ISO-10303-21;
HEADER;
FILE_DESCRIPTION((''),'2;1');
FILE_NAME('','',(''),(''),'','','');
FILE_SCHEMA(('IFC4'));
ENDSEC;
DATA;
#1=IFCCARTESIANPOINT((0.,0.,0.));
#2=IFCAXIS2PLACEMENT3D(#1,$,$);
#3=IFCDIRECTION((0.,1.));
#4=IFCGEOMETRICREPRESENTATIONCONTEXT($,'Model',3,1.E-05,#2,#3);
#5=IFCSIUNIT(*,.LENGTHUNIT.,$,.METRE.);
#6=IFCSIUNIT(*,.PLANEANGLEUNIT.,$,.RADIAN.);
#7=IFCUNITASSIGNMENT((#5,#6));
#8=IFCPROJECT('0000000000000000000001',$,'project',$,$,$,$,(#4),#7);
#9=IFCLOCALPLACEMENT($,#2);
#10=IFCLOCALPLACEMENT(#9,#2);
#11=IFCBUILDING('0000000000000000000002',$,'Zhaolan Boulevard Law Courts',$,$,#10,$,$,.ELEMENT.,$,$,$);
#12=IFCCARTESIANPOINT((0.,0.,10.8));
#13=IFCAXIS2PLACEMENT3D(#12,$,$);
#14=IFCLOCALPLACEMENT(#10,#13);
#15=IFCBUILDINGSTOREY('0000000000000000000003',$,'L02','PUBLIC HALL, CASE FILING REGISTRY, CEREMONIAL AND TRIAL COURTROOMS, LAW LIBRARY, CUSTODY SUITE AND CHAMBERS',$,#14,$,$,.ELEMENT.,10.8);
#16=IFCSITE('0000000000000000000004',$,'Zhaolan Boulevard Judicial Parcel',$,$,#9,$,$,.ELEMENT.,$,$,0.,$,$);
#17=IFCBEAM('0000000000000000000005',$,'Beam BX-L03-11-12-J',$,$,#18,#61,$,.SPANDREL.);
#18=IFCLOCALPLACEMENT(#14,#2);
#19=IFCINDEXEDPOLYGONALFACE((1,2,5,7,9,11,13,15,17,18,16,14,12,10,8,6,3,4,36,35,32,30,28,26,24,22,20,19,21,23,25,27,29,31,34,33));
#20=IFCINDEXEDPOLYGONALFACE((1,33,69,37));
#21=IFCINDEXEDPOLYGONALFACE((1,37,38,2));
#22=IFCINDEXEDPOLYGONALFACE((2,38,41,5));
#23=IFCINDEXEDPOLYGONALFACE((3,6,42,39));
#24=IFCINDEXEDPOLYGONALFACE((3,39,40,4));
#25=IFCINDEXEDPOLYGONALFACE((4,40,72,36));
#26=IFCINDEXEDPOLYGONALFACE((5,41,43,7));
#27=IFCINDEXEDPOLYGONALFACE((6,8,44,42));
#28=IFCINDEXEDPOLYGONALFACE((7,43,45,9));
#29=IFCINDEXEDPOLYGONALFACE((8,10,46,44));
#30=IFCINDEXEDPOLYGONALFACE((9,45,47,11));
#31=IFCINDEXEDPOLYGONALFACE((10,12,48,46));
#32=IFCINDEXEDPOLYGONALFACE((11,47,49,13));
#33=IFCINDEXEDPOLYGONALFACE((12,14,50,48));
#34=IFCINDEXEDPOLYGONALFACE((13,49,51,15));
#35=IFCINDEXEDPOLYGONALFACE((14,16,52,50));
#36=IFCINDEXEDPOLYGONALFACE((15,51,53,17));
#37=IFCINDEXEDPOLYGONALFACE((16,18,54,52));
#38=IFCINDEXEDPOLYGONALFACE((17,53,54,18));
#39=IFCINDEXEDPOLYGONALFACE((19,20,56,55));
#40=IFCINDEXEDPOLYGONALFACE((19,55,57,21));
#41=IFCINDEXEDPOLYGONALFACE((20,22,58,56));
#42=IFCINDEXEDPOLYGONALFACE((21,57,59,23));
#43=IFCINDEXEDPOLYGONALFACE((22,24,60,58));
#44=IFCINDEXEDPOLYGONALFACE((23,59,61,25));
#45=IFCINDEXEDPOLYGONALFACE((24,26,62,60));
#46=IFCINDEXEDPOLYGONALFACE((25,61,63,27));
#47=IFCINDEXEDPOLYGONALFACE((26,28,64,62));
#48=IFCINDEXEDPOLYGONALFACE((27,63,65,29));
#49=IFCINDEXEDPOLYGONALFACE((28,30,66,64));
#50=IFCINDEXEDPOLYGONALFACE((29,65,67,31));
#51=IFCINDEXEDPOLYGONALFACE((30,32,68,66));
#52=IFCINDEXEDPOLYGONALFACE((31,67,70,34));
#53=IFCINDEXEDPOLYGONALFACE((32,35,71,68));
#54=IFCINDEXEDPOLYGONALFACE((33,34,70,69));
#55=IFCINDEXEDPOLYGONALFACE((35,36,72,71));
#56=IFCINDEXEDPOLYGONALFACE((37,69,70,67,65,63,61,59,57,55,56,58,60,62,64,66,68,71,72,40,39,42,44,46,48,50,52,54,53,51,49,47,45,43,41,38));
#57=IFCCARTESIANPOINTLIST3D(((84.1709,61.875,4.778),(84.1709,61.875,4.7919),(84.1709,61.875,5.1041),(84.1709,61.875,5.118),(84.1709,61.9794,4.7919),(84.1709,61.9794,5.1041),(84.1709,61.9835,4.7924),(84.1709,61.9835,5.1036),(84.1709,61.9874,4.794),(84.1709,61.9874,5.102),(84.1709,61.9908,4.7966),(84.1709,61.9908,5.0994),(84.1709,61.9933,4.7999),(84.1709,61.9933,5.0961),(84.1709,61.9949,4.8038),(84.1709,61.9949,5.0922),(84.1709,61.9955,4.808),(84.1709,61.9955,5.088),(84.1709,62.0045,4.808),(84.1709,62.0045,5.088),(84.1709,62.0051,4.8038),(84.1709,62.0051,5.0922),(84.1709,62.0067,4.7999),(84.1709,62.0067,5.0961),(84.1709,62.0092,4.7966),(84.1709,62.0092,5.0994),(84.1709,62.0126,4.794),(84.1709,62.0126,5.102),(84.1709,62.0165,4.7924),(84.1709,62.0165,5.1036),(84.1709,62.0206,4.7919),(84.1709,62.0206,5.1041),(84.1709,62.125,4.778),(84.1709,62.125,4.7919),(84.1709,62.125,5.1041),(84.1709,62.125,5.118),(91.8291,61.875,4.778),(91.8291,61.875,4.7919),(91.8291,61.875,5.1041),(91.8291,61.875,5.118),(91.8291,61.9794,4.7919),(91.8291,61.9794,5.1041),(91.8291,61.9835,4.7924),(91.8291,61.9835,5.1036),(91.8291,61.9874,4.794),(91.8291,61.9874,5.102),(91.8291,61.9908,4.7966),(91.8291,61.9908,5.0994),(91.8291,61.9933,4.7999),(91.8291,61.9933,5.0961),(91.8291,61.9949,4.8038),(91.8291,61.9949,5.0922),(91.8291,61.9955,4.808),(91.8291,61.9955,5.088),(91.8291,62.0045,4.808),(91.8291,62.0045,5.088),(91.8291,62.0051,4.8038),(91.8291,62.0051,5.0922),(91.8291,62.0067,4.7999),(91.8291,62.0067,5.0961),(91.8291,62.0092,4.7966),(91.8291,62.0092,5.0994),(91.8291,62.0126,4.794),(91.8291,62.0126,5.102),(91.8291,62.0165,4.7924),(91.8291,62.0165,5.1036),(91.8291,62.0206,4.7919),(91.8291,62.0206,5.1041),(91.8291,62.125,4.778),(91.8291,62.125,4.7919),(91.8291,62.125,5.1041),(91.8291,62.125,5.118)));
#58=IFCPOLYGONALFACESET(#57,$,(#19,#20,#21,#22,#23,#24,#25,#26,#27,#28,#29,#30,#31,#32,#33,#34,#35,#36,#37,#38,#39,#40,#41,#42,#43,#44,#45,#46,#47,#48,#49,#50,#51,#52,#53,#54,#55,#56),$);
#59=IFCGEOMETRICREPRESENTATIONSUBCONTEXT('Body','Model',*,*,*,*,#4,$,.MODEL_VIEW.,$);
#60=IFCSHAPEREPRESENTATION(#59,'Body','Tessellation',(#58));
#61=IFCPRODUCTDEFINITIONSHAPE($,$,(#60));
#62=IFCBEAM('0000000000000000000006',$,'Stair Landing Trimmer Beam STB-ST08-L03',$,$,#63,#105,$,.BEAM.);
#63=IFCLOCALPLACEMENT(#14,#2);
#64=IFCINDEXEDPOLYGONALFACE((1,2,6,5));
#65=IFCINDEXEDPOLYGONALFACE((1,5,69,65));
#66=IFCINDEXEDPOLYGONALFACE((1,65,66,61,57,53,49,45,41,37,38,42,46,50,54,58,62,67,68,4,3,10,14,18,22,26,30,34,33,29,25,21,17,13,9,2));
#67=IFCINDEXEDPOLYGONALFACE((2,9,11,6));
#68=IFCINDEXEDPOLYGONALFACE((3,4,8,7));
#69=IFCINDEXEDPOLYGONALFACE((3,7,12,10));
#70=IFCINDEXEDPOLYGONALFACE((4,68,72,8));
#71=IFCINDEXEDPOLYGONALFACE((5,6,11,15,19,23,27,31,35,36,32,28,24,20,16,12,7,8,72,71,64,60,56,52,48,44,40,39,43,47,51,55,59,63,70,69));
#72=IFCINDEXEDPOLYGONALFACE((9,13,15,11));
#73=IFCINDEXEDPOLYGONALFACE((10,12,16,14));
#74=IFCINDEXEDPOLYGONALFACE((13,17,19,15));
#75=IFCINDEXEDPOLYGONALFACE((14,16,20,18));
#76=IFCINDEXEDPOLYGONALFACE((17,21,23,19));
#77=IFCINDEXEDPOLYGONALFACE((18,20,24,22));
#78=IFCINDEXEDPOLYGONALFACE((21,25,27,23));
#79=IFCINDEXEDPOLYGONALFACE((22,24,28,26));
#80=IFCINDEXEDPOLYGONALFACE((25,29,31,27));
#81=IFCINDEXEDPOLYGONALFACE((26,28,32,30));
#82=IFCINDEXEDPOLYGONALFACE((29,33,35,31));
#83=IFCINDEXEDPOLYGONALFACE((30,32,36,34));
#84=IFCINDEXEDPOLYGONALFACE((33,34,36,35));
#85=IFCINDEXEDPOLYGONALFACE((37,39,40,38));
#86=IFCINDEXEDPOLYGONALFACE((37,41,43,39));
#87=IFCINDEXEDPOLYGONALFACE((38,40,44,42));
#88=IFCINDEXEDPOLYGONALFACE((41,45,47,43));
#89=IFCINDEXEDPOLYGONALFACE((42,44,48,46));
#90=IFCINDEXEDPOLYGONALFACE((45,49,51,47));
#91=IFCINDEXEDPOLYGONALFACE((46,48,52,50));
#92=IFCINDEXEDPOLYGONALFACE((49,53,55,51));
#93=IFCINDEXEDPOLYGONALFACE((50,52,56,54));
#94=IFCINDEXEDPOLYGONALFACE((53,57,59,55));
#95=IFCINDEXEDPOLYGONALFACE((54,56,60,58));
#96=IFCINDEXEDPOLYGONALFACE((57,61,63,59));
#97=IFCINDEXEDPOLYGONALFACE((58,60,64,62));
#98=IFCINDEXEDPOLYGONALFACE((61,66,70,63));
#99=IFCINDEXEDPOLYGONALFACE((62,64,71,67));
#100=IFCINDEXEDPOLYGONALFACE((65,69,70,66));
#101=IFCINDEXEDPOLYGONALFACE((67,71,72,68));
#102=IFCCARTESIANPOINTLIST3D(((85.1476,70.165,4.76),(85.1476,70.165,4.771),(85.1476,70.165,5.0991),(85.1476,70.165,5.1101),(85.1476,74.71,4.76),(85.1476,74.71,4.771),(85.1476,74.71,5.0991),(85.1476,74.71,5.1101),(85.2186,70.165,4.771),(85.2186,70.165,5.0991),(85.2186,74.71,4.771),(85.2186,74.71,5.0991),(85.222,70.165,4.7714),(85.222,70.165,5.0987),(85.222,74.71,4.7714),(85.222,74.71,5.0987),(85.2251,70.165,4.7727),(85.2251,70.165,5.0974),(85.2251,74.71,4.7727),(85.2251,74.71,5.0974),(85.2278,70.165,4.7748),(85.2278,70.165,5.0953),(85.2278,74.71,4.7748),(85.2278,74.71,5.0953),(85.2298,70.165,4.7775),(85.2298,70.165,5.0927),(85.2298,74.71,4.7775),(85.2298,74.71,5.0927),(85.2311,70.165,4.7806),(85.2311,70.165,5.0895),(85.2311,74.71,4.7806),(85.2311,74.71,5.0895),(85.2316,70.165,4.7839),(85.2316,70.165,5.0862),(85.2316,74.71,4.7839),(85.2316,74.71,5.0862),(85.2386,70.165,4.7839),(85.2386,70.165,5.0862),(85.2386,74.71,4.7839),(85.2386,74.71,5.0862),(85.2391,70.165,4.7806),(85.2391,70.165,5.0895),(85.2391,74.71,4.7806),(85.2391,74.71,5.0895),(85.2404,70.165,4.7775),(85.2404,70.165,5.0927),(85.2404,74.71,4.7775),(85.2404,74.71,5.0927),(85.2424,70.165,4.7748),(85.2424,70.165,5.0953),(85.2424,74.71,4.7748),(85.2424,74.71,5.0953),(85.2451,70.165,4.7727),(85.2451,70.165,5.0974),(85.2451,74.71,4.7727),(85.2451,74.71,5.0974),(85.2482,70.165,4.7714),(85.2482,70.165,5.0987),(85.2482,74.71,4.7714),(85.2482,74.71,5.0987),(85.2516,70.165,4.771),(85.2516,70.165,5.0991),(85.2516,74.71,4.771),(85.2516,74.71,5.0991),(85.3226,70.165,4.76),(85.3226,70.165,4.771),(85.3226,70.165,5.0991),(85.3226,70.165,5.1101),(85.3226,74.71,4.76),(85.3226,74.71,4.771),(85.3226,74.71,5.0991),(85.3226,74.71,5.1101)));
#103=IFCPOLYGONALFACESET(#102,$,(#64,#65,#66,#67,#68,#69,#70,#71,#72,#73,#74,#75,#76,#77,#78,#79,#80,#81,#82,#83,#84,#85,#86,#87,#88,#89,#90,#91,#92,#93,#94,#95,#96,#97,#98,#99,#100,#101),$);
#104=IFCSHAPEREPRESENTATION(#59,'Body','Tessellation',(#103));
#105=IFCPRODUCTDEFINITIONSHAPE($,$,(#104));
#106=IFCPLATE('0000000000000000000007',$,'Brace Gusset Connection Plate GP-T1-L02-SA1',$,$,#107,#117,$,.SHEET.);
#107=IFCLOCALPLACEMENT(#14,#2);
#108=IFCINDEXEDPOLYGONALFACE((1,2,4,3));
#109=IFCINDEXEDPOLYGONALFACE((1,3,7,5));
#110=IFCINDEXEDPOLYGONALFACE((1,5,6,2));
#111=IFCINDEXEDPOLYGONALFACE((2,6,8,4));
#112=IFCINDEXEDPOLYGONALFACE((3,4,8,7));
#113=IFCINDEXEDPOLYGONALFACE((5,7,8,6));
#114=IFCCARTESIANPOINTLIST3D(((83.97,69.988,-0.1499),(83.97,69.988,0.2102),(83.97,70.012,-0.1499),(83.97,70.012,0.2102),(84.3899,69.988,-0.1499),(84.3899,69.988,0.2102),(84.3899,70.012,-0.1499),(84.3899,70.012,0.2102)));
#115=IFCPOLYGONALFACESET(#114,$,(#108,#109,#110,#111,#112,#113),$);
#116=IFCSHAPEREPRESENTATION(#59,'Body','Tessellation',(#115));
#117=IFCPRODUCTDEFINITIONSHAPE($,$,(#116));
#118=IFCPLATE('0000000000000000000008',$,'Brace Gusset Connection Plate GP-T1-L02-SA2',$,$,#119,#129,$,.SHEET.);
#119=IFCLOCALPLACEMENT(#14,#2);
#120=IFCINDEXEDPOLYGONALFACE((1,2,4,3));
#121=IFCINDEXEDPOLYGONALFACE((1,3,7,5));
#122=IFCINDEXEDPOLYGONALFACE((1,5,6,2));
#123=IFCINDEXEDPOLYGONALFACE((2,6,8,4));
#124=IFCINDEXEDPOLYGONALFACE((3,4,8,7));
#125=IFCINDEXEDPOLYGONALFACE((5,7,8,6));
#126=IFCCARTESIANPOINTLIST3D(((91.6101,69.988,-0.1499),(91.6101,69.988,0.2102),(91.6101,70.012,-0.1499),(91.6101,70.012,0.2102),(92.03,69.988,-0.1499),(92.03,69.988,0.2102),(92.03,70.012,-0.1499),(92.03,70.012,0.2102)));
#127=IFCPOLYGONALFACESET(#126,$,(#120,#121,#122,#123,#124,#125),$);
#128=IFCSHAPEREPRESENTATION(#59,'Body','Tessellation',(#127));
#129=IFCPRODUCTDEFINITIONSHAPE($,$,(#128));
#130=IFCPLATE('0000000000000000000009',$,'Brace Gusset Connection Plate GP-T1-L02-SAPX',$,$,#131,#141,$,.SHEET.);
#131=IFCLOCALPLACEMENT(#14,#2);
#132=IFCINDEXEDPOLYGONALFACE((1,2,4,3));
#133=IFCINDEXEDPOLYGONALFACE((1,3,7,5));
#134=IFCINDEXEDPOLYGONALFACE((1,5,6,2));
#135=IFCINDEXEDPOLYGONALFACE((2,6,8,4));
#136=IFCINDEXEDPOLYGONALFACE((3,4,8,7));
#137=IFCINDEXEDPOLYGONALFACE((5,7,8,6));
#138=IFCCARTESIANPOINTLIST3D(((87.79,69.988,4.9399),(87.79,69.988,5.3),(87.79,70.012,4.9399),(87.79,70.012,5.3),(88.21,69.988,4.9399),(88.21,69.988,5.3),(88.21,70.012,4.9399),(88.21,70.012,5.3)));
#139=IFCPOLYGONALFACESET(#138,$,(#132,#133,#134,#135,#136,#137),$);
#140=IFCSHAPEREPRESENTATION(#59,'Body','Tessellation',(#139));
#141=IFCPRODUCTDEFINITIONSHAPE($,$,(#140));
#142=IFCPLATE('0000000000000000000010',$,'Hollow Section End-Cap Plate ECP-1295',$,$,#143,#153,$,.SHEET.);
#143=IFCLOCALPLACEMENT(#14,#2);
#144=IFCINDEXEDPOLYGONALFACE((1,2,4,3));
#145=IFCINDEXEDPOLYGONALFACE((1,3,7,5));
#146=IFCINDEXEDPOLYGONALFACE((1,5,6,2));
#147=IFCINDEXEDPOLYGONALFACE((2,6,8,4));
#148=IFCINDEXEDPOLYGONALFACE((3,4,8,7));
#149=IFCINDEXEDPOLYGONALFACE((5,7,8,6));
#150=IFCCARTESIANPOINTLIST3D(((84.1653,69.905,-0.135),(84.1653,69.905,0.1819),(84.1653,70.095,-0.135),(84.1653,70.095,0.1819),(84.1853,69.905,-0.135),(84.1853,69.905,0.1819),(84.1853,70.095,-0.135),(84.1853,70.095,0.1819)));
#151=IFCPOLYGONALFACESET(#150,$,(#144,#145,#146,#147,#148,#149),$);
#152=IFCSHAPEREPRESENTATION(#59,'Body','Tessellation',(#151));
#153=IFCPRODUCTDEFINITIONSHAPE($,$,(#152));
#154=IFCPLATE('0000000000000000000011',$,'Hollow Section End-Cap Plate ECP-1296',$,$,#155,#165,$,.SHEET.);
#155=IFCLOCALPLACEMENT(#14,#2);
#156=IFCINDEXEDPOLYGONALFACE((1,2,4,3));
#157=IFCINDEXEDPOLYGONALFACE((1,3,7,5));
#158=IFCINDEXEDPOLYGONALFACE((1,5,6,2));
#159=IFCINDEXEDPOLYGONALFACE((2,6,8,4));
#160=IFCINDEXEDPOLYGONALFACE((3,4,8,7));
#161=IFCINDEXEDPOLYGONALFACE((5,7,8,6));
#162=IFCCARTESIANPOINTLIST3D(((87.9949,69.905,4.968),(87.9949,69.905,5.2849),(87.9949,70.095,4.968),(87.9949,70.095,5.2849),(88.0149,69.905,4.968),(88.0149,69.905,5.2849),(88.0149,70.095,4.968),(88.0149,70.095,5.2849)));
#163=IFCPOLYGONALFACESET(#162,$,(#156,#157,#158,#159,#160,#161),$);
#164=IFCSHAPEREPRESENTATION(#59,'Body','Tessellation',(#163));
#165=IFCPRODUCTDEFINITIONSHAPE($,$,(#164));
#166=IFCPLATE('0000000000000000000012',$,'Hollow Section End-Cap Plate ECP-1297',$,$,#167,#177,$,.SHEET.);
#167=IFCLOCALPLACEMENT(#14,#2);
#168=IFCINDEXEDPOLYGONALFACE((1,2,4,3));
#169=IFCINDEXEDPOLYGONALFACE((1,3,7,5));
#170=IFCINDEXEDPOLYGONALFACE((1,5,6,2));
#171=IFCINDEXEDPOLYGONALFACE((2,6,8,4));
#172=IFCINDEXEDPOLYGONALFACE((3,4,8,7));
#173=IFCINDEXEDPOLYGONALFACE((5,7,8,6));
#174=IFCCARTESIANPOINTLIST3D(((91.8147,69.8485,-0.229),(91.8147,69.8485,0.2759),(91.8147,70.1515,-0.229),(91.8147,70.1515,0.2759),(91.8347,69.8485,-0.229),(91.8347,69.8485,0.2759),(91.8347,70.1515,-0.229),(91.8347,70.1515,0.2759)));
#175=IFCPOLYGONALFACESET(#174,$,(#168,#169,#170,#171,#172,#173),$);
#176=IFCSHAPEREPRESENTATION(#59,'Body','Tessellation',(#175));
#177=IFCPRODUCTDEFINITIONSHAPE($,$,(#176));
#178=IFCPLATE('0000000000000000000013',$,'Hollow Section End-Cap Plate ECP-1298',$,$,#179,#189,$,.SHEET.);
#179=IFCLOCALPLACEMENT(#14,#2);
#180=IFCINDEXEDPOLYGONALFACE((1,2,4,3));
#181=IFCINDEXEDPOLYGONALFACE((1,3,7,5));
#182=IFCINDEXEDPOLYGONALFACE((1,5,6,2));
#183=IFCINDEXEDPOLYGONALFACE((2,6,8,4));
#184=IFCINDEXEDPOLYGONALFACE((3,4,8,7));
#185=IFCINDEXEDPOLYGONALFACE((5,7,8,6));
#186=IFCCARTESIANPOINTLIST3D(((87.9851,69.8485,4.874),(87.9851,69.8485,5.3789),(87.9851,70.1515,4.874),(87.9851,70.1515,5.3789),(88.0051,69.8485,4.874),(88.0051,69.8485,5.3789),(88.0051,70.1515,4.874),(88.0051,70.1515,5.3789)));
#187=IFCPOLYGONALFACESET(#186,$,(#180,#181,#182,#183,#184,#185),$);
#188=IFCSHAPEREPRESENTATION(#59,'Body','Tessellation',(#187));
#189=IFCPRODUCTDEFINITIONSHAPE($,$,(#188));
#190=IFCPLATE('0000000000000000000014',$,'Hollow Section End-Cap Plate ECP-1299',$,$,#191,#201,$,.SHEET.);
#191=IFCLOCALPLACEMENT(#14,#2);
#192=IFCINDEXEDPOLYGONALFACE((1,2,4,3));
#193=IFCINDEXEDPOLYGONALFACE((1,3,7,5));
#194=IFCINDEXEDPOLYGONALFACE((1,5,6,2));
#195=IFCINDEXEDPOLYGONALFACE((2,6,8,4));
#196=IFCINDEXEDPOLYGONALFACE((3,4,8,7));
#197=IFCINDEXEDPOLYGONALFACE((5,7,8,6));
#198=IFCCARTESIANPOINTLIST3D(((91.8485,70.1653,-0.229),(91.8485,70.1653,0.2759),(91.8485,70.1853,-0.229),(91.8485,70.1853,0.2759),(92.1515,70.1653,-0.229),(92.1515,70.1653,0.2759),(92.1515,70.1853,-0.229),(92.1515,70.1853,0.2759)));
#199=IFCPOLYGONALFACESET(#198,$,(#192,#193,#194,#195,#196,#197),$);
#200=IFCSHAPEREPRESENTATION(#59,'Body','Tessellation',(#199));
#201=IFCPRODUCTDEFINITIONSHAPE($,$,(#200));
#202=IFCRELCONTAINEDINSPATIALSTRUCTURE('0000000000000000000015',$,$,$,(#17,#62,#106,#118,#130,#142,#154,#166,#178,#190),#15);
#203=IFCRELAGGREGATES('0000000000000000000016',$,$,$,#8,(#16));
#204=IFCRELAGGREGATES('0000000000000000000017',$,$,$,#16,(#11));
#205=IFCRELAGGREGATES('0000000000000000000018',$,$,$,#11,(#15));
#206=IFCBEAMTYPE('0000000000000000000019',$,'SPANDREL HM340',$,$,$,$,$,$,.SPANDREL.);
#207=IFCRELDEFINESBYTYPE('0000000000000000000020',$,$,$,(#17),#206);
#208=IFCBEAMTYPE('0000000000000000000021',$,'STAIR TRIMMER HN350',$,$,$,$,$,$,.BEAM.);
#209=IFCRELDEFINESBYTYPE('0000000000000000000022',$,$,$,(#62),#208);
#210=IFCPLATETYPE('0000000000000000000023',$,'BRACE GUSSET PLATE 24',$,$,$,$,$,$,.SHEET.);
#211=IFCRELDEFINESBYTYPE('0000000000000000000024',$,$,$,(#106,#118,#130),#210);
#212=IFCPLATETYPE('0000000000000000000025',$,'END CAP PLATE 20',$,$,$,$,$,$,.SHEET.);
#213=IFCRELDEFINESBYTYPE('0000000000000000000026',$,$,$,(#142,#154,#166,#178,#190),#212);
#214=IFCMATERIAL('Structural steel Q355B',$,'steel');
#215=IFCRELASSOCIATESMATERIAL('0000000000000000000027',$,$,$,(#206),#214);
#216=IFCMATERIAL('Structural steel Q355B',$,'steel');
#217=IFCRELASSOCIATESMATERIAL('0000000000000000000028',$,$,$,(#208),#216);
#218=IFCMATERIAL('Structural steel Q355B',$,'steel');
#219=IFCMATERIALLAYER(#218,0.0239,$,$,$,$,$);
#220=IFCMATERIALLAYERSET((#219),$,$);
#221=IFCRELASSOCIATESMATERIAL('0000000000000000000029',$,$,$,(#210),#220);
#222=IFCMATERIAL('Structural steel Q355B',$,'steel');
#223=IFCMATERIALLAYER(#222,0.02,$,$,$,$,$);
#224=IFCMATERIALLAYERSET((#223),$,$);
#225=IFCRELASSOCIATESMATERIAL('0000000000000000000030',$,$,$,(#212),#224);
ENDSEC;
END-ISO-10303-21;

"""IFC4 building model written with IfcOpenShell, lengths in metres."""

from ifc_helpers import new_model, si_unit, direction, frame, origin, origin_2d, place, context, subcontext, project, spatial, rectangle, i_section, extrude, material, layer, layer_set, material_profile, profile_set, type_object, element, save


model = new_model("IFC4")

# Units and contexts
model_context = context("Model", 3, precision=1e-05, world=origin(), true_north=direction((0.0, 1.0)))
body_context = subcontext(model_context, "Body", "Model", "MODEL_VIEW")
ifc_project = project(units=[si_unit("LENGTHUNIT", "METRE"), si_unit("PLANEANGLEUNIT", "RADIAN")], contexts=[model_context])

# Site, building, storey
site_placement = place(None, origin())
site = spatial("IfcSite", under=ifc_project, at=site_placement, Name="Zhaolan Boulevard Judicial Parcel", CompositionType="ELEMENT", RefElevation=0.0)
building_placement = place(site_placement, origin())
building = spatial("IfcBuilding", under=site, at=building_placement, Name="Zhaolan Boulevard Law Courts", CompositionType="ELEMENT")
storey_placement = place(building_placement, frame((0.0, 0.0, 10.8)))
storey = spatial("IfcBuildingStorey", under=building, at=storey_placement, Name="L02", Description="PUBLIC HALL, CASE FILING REGISTRY, CEREMONIAL AND TRIAL COURTROOMS, LAW LIBRARY, CUSTODY SUITE AND CHAMBERS", CompositionType="ELEMENT", Elevation=10.8)

# Beams
ifc_material_1 = material(Name="Structural steel Q355B", Category="steel")
ifc_material_profile_1 = material_profile(ifc_material_1, i_section(OverallWidth=0.25, OverallDepth=0.3401, WebThickness=0.009, FlangeThickness=0.0139, FilletRadius=0.0161, at=origin_2d()), Name="HM340x250")
ifc_profile_set_1 = profile_set([ifc_material_profile_1], Name="Structural steel Q355B")
beam_type_1 = type_object("IfcBeamType", Name="SPANDREL HM340", PredefinedType="SPANDREL", material=ifc_profile_set_1)
beam_1_placement = place(storey_placement, frame((84.1709, 62.0, 4.948), z_axis=(1.0, 0.0, 0.0), x_axis=(0.0, 1.0, 0.0)))
element("IfcBeam", 1, at=beam_1_placement, inside=storey, type_object=beam_type_1, Name="Beam BX-L03-11-12-J", PredefinedType="SPANDREL", context=body_context, shape_type="SweptSolid", body=[
    extrude(i_section(OverallWidth=0.25, OverallDepth=0.3401, WebThickness=0.009, FlangeThickness=0.0139, FilletRadius=0.0161, at=origin_2d()), origin(), (0.0, 0.0, 1.0), 7.6582),
])
ifc_material_2 = material(Name="Structural steel Q355B", Category="steel")
ifc_material_profile_2 = material_profile(ifc_material_2, i_section(OverallWidth=0.175, OverallDepth=0.3501, WebThickness=0.0071, FlangeThickness=0.011, FilletRadius=0.0129, at=origin_2d()), Name="HN350x175")
ifc_profile_set_2 = profile_set([ifc_material_profile_2], Name="Structural steel Q355B")
beam_type_2 = type_object("IfcBeamType", Name="STAIR TRIMMER HN350", PredefinedType="BEAM", material=ifc_profile_set_2)
beam_2_placement = place(storey_placement, frame((85.2351, 70.165, 4.9351), z_axis=(0.0, 1.0, 0.0), x_axis=(-1.0, 0.0, 0.0)))
element("IfcBeam", 2, at=beam_2_placement, inside=storey, type_object=beam_type_2, Name="Stair Landing Trimmer Beam STB-ST08-L03", PredefinedType="BEAM", context=body_context, shape_type="SweptSolid", body=[
    extrude(i_section(OverallWidth=0.175, OverallDepth=0.3501, WebThickness=0.0071, FlangeThickness=0.011, FilletRadius=0.0129, at=origin_2d()), origin(), (0.0, 0.0, 1.0), 4.5449),
])

# Plates
ifc_material_3 = material(Name="Structural steel Q355B", Category="steel")
ifc_layer_1 = layer(ifc_material_3, 0.0239)
ifc_layer_set_1 = layer_set([ifc_layer_1])
plate_type_1 = type_object("IfcPlateType", Name="BRACE GUSSET PLATE 24", PredefinedType="SHEET", material=ifc_layer_set_1)
for number, where, z_axis, x_axis, name in (
    (3, (84.1799, 70.0, -0.1499), (0.0, 0.0, 1.0), (1.0, 0.0, 0.0), "Brace Gusset Connection Plate GP-T1-L02-SA1"),
    (4, (91.8201, 70.0, -0.1499), (0.0, 0.0, 1.0), (1.0, 0.0, 0.0), "Brace Gusset Connection Plate GP-T1-L02-SA2"),
    (5, (88.0, 70.0, 4.9399), (0.0, 0.0, 1.0), (1.0, 0.0, 0.0), "Brace Gusset Connection Plate GP-T1-L02-SAPX"),
):
    element("IfcPlate", number, at=place(storey_placement, frame(where, z_axis=z_axis, x_axis=x_axis)), inside=storey, type_object=plate_type_1, Name=name, PredefinedType="SHEET", context=body_context, shape_type="SweptSolid", body=[
        extrude(rectangle(XDim=0.4199, YDim=0.0239, at=origin_2d()), origin(), (0.0, 0.0, 1.0), 0.3601),
    ])
ifc_material_4 = material(Name="Structural steel Q355B", Category="steel")
ifc_layer_2 = layer(ifc_material_4, 0.02)
ifc_layer_set_2 = layer_set([ifc_layer_2])
plate_type_2 = type_object("IfcPlateType", Name="END CAP PLATE 20", PredefinedType="SHEET", material=ifc_layer_set_2)
for number, where, z_axis, x_axis, name in (
    (6, (84.1753, 70.0, -0.135), (0.0, 0.0, 1.0), (1.0, 0.0, 0.0), "Hollow Section End-Cap Plate ECP-1295"),
    (7, (88.0049, 70.0, 4.968), (0.0, 0.0, 1.0), (1.0, 0.0, 0.0), "Hollow Section End-Cap Plate ECP-1296"),
):
    element("IfcPlate", number, at=place(storey_placement, frame(where, z_axis=z_axis, x_axis=x_axis)), inside=storey, type_object=plate_type_2, Name=name, PredefinedType="SHEET", context=body_context, shape_type="SweptSolid", body=[
        extrude(rectangle(XDim=0.02, YDim=0.1899, at=origin_2d()), origin(), (0.0, 0.0, 1.0), 0.3169),
    ])
for number, where, z_axis, x_axis, name in (
    (8, (91.8247, 70.0, -0.229), (0.0, 0.0, 1.0), (-1.0, 0.0, 0.0), "Hollow Section End-Cap Plate ECP-1297"),
    (9, (87.9951, 70.0, 4.874), (0.0, 0.0, 1.0), (-1.0, 0.0, 0.0), "Hollow Section End-Cap Plate ECP-1298"),
    (10, (92.0, 70.1753, -0.229), (0.0, 0.0, 1.0), (0.0, 1.0, 0.0), "Hollow Section End-Cap Plate ECP-1299"),
):
    element("IfcPlate", number, at=place(storey_placement, frame(where, z_axis=z_axis, x_axis=x_axis)), inside=storey, type_object=plate_type_2, Name=name, PredefinedType="SHEET", context=body_context, shape_type="SweptSolid", body=[
        extrude(rectangle(XDim=0.02, YDim=0.303, at=origin_2d()), origin(), (0.0, 0.0, 1.0), 0.5049),
    ])

save(model, "model.ifc")
